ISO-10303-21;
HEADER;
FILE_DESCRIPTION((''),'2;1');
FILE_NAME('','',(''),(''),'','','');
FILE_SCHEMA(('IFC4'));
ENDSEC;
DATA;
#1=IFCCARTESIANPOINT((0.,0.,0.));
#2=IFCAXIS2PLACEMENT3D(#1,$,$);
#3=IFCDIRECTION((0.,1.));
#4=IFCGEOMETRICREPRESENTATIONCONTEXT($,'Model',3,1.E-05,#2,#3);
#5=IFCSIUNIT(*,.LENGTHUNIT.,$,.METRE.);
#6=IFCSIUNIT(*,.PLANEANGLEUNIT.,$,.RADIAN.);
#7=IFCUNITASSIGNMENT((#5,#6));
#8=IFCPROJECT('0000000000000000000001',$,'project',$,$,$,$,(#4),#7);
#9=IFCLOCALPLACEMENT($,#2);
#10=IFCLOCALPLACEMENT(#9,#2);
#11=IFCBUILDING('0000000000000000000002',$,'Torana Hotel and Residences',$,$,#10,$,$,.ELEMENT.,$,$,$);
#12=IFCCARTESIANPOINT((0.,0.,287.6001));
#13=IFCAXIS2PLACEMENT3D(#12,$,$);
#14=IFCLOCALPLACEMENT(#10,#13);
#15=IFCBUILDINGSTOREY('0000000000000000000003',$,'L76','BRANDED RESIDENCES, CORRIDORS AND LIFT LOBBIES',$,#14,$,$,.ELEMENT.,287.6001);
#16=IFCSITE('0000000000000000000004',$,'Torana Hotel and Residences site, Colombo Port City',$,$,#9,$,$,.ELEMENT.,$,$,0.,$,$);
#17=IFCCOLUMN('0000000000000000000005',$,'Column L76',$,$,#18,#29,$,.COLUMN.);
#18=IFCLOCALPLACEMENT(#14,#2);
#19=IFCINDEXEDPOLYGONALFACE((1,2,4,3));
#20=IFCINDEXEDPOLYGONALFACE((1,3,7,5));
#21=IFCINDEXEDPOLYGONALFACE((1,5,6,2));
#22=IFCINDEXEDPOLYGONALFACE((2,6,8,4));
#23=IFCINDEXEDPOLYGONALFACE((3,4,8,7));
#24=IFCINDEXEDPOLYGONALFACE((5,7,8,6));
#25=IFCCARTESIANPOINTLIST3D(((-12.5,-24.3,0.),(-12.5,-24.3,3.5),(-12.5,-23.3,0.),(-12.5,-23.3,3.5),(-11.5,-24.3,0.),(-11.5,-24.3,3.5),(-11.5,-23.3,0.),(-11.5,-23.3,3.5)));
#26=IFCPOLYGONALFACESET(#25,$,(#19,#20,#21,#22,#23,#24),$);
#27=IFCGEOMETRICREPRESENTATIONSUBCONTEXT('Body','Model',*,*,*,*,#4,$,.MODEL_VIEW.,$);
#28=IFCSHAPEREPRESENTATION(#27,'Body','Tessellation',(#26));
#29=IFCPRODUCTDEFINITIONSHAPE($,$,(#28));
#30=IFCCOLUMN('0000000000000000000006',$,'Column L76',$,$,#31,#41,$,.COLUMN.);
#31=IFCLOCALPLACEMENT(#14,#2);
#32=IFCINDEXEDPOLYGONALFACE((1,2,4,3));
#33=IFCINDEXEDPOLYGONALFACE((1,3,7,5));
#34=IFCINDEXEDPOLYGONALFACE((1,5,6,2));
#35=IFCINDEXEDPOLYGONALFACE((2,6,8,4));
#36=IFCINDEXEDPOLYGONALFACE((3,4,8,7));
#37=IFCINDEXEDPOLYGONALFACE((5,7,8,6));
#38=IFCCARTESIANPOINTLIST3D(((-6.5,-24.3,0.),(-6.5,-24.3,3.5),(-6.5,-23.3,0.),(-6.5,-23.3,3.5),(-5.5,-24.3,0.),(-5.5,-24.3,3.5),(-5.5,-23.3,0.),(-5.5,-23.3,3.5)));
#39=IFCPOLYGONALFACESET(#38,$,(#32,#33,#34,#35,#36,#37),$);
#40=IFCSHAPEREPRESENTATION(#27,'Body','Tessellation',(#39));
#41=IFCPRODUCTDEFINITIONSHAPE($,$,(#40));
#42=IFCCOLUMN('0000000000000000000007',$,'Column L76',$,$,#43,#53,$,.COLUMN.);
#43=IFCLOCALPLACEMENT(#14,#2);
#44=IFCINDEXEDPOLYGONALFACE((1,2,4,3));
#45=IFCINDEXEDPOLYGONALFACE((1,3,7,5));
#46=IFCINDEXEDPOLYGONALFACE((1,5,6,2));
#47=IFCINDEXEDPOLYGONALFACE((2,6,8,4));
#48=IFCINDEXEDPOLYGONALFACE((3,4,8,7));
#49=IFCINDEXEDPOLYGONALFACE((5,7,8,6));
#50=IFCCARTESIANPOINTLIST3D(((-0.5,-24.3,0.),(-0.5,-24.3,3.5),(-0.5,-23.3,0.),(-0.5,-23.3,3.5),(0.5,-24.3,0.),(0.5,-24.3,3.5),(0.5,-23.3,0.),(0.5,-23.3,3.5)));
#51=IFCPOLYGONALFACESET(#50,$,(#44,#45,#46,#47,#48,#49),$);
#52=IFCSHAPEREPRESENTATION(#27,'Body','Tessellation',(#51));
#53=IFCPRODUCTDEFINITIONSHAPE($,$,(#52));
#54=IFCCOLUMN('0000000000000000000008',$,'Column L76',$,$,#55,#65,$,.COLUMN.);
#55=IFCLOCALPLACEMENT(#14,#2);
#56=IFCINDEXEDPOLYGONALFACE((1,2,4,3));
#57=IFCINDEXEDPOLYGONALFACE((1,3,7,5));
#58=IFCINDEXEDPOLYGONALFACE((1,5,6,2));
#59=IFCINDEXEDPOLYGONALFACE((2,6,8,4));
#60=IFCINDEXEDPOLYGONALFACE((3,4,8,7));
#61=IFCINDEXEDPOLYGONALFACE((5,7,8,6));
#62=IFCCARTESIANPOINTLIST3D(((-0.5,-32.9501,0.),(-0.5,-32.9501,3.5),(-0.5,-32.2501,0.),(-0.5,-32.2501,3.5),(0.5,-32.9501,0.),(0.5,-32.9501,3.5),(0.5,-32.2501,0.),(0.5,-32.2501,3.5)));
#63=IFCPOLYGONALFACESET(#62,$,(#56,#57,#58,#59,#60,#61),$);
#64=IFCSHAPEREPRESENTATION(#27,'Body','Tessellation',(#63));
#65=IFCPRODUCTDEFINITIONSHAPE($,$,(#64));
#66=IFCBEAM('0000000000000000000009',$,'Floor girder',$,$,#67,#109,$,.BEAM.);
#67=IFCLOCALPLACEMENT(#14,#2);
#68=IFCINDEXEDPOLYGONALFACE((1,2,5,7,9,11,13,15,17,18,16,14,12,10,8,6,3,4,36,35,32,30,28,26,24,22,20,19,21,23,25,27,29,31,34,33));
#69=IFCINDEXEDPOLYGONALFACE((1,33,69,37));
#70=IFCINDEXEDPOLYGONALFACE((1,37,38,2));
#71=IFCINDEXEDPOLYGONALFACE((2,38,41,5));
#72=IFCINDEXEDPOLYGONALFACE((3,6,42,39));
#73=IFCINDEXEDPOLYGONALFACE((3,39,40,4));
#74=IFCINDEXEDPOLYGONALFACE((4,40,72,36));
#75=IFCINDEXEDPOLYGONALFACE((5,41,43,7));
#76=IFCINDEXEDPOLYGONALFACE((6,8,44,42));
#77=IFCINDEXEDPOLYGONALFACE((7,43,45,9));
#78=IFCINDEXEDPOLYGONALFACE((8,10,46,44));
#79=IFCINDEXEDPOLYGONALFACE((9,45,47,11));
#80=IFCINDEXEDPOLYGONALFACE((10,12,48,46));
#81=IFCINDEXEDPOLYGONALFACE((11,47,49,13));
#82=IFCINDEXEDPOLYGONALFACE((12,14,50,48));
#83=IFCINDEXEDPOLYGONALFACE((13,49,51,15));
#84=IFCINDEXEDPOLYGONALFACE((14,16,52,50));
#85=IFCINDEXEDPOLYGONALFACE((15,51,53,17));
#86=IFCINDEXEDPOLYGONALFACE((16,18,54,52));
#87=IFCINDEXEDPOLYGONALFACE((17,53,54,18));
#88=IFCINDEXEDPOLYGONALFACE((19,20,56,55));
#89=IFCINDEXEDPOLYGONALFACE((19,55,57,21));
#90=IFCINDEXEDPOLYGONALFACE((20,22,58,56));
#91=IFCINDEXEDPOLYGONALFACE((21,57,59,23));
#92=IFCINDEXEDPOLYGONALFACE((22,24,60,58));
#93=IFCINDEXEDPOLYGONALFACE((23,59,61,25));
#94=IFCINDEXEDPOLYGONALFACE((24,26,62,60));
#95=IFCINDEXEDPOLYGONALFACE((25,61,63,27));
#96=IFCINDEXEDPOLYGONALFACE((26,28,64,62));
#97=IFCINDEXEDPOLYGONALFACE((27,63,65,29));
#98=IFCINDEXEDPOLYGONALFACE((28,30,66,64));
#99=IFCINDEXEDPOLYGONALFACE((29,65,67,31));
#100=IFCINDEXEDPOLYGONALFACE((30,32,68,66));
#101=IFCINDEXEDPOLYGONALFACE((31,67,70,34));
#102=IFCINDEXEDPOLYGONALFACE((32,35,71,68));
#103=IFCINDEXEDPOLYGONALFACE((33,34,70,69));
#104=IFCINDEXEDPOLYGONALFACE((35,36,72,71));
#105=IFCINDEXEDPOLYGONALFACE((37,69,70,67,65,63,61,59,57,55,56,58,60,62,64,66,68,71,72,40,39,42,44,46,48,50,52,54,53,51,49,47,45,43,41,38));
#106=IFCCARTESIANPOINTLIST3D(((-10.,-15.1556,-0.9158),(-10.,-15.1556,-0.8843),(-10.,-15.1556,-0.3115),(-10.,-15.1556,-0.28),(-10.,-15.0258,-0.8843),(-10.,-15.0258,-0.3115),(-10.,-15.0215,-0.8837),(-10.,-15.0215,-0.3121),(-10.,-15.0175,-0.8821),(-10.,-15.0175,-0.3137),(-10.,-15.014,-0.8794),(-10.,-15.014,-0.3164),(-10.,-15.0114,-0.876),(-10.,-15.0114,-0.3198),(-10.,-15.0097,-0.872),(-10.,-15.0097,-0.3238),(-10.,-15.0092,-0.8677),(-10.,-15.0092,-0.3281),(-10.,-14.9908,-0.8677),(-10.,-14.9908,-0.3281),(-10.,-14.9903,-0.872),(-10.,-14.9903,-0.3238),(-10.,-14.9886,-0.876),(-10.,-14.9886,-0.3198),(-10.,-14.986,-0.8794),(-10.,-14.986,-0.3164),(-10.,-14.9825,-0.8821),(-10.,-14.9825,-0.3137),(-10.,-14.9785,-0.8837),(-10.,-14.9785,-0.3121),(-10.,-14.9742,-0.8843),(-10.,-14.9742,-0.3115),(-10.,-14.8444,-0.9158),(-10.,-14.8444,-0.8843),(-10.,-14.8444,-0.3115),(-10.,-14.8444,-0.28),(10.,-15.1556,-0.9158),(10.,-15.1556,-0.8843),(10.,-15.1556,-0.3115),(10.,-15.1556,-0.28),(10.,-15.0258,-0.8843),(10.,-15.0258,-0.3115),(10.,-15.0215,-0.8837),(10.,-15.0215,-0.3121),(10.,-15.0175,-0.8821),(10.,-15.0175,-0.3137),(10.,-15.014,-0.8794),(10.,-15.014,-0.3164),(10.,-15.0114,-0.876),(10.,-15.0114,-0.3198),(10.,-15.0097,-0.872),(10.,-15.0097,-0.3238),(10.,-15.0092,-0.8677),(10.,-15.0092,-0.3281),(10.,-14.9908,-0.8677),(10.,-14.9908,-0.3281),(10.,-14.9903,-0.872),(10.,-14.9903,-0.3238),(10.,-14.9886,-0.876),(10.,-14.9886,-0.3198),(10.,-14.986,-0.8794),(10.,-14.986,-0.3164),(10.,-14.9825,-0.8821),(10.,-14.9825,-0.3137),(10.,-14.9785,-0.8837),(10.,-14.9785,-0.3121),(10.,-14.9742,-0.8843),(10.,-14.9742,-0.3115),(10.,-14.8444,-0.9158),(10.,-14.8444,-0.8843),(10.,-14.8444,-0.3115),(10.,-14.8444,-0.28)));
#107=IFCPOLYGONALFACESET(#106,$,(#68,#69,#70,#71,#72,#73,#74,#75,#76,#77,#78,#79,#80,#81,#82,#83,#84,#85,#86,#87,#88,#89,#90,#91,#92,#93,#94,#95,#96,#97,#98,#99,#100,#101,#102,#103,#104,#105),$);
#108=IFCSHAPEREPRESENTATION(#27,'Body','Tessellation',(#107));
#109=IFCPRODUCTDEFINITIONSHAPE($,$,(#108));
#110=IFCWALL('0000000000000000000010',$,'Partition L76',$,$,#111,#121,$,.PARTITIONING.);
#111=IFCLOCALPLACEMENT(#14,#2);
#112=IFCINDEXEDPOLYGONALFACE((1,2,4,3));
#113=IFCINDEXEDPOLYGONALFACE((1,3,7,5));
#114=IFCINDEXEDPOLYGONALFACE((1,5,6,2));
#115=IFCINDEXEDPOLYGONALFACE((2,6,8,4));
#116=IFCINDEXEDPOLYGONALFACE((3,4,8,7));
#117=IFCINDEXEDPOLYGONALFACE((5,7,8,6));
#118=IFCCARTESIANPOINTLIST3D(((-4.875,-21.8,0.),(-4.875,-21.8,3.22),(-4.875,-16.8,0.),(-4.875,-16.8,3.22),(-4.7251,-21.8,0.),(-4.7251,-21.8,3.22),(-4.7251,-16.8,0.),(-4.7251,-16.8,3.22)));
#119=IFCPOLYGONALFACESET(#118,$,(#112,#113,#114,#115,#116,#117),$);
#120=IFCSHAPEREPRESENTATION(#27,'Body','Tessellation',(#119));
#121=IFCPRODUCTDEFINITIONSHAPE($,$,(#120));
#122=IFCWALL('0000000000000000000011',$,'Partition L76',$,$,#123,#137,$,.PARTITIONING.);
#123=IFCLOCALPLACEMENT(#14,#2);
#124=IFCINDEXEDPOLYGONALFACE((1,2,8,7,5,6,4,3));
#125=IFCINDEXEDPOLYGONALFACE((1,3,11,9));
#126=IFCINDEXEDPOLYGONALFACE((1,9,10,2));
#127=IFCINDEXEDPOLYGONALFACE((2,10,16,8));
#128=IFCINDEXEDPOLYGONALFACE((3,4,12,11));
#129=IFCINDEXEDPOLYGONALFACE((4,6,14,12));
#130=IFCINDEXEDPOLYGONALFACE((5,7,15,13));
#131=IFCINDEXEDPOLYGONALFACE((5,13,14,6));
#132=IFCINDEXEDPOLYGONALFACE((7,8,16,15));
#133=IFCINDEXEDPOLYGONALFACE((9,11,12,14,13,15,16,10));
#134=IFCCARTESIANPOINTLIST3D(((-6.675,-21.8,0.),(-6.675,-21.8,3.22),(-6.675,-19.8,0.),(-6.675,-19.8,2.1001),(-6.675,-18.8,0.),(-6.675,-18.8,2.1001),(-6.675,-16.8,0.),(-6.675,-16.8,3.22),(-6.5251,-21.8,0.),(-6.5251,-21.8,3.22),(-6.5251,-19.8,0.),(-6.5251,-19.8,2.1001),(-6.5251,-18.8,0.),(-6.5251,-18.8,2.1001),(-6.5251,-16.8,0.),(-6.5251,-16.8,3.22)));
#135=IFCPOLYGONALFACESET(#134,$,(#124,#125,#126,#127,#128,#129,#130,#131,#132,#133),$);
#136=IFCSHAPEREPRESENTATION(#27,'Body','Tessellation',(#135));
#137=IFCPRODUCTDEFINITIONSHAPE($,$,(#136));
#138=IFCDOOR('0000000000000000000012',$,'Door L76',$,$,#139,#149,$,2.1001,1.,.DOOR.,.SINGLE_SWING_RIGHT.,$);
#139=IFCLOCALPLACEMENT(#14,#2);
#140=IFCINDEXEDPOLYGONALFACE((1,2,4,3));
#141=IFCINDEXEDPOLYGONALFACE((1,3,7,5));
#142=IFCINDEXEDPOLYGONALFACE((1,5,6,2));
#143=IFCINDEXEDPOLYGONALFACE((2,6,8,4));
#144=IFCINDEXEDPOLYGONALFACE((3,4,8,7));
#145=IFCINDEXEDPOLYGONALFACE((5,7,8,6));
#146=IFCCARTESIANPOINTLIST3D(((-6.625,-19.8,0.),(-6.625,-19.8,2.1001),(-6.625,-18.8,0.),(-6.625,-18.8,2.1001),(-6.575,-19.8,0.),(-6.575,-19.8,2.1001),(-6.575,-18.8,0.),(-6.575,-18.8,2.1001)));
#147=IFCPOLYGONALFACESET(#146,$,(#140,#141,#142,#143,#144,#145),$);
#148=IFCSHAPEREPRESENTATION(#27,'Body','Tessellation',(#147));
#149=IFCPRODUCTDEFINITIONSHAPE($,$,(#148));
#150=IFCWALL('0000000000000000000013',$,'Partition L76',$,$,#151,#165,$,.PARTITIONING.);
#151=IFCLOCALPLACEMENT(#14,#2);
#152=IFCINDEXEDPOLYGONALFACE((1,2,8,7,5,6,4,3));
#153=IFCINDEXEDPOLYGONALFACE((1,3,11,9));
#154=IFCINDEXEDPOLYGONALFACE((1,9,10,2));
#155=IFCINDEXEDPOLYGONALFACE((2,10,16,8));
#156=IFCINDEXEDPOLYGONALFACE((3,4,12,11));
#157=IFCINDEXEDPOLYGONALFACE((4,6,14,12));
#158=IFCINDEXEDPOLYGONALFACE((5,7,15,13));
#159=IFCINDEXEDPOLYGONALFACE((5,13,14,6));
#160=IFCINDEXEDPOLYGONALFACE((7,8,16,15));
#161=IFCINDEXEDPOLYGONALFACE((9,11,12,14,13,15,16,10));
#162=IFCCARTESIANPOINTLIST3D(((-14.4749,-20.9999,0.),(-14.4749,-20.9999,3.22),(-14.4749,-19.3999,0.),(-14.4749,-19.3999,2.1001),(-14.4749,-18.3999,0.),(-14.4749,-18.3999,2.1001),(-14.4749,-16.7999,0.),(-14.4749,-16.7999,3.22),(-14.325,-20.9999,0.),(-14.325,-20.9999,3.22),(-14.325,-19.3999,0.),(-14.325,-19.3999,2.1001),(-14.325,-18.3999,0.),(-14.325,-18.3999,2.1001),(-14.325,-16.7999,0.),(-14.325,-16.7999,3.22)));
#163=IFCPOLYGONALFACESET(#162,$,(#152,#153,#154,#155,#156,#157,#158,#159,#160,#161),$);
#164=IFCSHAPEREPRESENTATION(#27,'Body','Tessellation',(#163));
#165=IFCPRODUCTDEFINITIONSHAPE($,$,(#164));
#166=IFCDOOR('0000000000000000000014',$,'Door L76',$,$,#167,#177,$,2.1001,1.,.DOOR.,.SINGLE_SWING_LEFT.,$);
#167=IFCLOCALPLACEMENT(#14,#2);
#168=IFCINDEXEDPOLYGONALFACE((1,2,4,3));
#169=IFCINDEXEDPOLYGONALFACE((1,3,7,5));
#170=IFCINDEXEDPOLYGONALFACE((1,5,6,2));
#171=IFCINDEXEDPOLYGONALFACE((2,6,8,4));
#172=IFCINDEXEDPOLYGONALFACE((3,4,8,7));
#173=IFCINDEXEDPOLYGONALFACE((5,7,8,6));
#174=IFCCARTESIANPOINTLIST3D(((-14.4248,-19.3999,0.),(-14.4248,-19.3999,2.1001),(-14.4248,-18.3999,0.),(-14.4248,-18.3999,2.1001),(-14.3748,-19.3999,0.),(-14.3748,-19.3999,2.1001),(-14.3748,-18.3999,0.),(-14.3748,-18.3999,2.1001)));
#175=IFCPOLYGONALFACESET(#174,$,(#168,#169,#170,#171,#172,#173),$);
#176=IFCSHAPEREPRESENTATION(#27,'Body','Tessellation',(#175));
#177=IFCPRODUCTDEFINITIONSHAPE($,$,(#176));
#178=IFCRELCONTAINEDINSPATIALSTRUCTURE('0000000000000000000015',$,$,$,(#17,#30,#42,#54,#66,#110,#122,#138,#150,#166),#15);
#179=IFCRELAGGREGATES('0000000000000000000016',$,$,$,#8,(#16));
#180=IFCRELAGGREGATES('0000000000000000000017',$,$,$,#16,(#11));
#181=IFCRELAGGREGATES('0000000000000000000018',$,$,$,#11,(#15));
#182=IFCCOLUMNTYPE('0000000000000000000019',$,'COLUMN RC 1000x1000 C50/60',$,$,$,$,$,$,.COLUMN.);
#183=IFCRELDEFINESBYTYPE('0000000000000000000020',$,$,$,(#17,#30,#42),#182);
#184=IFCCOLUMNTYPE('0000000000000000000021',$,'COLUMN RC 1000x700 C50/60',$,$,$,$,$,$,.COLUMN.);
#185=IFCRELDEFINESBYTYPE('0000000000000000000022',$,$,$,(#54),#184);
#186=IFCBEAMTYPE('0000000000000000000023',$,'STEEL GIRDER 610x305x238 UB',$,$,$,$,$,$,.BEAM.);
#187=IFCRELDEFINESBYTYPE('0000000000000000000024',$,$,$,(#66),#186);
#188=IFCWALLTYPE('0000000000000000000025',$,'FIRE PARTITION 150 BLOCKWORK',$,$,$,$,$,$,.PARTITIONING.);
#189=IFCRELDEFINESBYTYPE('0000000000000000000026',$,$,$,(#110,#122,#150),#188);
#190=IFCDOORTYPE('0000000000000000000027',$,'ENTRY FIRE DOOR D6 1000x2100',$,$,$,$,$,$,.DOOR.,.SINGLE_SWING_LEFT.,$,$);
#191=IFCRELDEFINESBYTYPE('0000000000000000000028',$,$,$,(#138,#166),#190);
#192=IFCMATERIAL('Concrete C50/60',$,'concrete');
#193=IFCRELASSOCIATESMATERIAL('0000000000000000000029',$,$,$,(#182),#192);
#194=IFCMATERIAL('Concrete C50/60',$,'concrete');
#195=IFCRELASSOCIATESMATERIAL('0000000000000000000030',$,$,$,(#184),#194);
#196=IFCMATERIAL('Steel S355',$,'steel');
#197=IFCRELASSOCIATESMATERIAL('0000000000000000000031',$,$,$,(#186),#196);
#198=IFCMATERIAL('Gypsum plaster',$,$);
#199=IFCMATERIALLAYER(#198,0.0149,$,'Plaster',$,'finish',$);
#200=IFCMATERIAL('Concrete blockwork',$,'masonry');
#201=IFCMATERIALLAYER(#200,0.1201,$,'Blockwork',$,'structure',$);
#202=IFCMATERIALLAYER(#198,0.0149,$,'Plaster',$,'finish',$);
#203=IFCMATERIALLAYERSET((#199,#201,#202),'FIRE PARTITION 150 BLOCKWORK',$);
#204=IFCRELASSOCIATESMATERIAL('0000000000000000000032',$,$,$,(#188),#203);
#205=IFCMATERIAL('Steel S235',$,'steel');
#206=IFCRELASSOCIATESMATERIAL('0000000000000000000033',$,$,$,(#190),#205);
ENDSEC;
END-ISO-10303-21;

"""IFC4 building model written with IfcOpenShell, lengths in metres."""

from ifc_helpers import new_model, si_unit, direction, frame, frame_2d, origin, origin_2d, place, context, subcontext, project, spatial, rectangle, i_section, extrude, material, layer, layer_set, material_profile, profile_set, type_object, element, fill, save


model = new_model("IFC4")

# Units and contexts
model_context = context("Model", 3, precision=1e-05, world=origin(), true_north=direction((0.0, 1.0)))
body_context = subcontext(model_context, "Body", "Model", "MODEL_VIEW")
ifc_project = project(units=[si_unit("LENGTHUNIT", "METRE"), si_unit("PLANEANGLEUNIT", "RADIAN")], contexts=[model_context])

# Site, building, storey
site_placement = place(None, origin())
site = spatial("IfcSite", under=ifc_project, at=site_placement, Name="Torana Hotel and Residences site, Colombo Port City", CompositionType="ELEMENT", RefElevation=0.0)
building_placement = place(site_placement, origin())
building = spatial("IfcBuilding", under=site, at=building_placement, Name="Torana Hotel and Residences", CompositionType="ELEMENT")
storey_placement = place(building_placement, frame((0.0, 0.0, 287.6001)))
storey = spatial("IfcBuildingStorey", under=building, at=storey_placement, Name="L76", Description="BRANDED RESIDENCES, CORRIDORS AND LIFT LOBBIES", CompositionType="ELEMENT", Elevation=287.6001)

# Columns
ifc_material_1 = material(Name="Concrete C50/60", Category="concrete")
ifc_material_profile_1 = material_profile(ifc_material_1, rectangle(XDim=1.0, YDim=1.0, at=origin_2d()), Name="RC 1000x1000")
ifc_profile_set_1 = profile_set([ifc_material_profile_1], Name="Concrete C50/60")
column_type_1 = type_object("IfcColumnType", Name="COLUMN RC 1000x1000 C50/60", PredefinedType="COLUMN", material=ifc_profile_set_1)
for number, where, z_axis, x_axis, name in (
    (1, (-12.0, -23.8, 0.0), (0.0, 0.0, 1.0), (1.0, 0.0, 0.0), "Column L76"),
    (2, (-6.0, -23.8, 0.0), (0.0, 0.0, 1.0), (1.0, 0.0, 0.0), "Column L76"),
    (3, (0.0, -23.8, 0.0), (0.0, 0.0, 1.0), (1.0, 0.0, 0.0), "Column L76"),
):
    element("IfcColumn", number, at=place(storey_placement, frame(where, z_axis=z_axis, x_axis=x_axis)), inside=storey, type_object=column_type_1, Name=name, PredefinedType="COLUMN", context=body_context, shape_type="SweptSolid", body=[
        extrude(rectangle(XDim=1.0, YDim=1.0, at=origin_2d()), origin(), (0.0, 0.0, 1.0), 3.5),
    ])
ifc_material_2 = material(Name="Concrete C50/60", Category="concrete")
ifc_material_profile_2 = material_profile(ifc_material_2, rectangle(XDim=1.0, YDim=0.7, at=origin_2d()), Name="RC 1000x700")
ifc_profile_set_2 = profile_set([ifc_material_profile_2], Name="Concrete C50/60")
column_type_2 = type_object("IfcColumnType", Name="COLUMN RC 1000x700 C50/60", PredefinedType="COLUMN", material=ifc_profile_set_2)
column_placement = place(storey_placement, frame((0.0, -32.6001, 0.0), z_axis=(0.0, 0.0, 1.0), x_axis=(1.0, 0.0, 0.0)))
element("IfcColumn", 4, at=column_placement, inside=storey, type_object=column_type_2, Name="Column L76", PredefinedType="COLUMN", context=body_context, shape_type="SweptSolid", body=[
    extrude(rectangle(XDim=1.0, YDim=0.7, at=origin_2d()), origin(), (0.0, 0.0, 1.0), 3.5),
])

# Beam
ifc_material_3 = material(Name="Steel S355", Category="steel")
ifc_material_profile_3 = material_profile(ifc_material_3, i_section(OverallWidth=0.3113, OverallDepth=0.6357, WebThickness=0.0183, FlangeThickness=0.0315, FilletRadius=0.0166, at=origin_2d()), Name="610x305x238 UB")
ifc_profile_set_3 = profile_set([ifc_material_profile_3], Name="Steel S355")
beam_type = type_object("IfcBeamType", Name="STEEL GIRDER 610x305x238 UB", PredefinedType="BEAM", material=ifc_profile_set_3)
beam_placement = place(storey_placement, frame((-10.0, -15.0, -0.5979), z_axis=(1.0, 0.0, 0.0), x_axis=(0.0, 1.0, 0.0)))
element("IfcBeam", 5, at=beam_placement, inside=storey, type_object=beam_type, Name="Floor girder", PredefinedType="BEAM", context=body_context, shape_type="SweptSolid", body=[
    extrude(i_section(OverallWidth=0.3113, OverallDepth=0.6357, WebThickness=0.0183, FlangeThickness=0.0315, FilletRadius=0.0166, at=origin_2d()), origin(), (0.0, 0.0, 1.0), 20.0),
])

# Wall
ifc_material_4 = material(Name="Gypsum plaster")
ifc_layer_1 = layer(ifc_material_4, 0.0149, Name="Plaster", Category="finish")
ifc_material_5 = material(Name="Concrete blockwork", Category="masonry")
ifc_layer_2 = layer(ifc_material_5, 0.1201, Name="Blockwork", Category="structure")
ifc_layer_3 = layer(ifc_material_4, 0.0149, Name="Plaster", Category="finish")
ifc_layer_set_1 = layer_set([ifc_layer_1, ifc_layer_2, ifc_layer_3], Name="FIRE PARTITION 150 BLOCKWORK")
wall_type_1 = type_object("IfcWallType", Name="FIRE PARTITION 150 BLOCKWORK", PredefinedType="PARTITIONING", material=ifc_layer_set_1)
wall_1_placement = place(storey_placement, frame((-4.8, -21.8, 0.0), z_axis=(0.0, 0.0, 1.0), x_axis=(0.0, 1.0, 0.0)))
element("IfcWall", 6, at=wall_1_placement, inside=storey, type_object=wall_type_1, Name="Partition L76", PredefinedType="PARTITIONING", context=body_context, shape_type="SweptSolid", body=[
    extrude(rectangle(XDim=5.0, YDim=0.1499, at=frame_2d((2.5, 0.0))), origin(), (0.0, 0.0, 1.0), 3.22),
])

# Walls, openings, doors
wall_2_placement = place(storey_placement, frame((-6.6001, -21.8, 0.0), z_axis=(0.0, 0.0, 1.0), x_axis=(0.0, 1.0, 0.0)))
wall_2 = element("IfcWall", 7, at=wall_2_placement, inside=storey, type_object=wall_type_1, Name="Partition L76", PredefinedType="PARTITIONING", context=body_context, shape_type="SweptSolid", body=[
    extrude(rectangle(XDim=5.0, YDim=0.1499, at=frame_2d((2.5, 0.0))), origin(), (0.0, 0.0, 1.0), 3.22),
])
opening_1_placement = place(wall_2_placement, frame((2.0, 0.0, 0.0)))
opening_1 = element("IfcOpeningElement", 8, at=opening_1_placement, cuts=wall_2, PredefinedType="OPENING", context=body_context, shape_type="SweptSolid", body=[
    extrude(rectangle(XDim=1.0, YDim=2.1001, at=frame_2d((0.5, 1.05))), frame((0.0, 0.085, 0.0), z_axis=(0.0, -1.0, 0.0), x_axis=(1.0, 0.0, 0.0)), (0.0, 0.0, 1.0), 0.1699),
])
ifc_material_6 = material(Name="Steel S235", Category="steel")
door_type_1 = type_object("IfcDoorType", Name="ENTRY FIRE DOOR D6 1000x2100", OperationType="SINGLE_SWING_LEFT", PredefinedType="DOOR", material=ifc_material_6)
door_1_placement = place(opening_1_placement, origin())
door_1 = element("IfcDoor", 9, at=door_1_placement, inside=storey, type_object=door_type_1, Name="Door L76", OperationType="SINGLE_SWING_RIGHT", OverallHeight=2.1001, OverallWidth=1.0, PredefinedType="DOOR", context=body_context, shape_type="SweptSolid", body=[
    extrude(rectangle(XDim=1.0, YDim=2.1001, at=frame_2d((0.5, 1.05))), frame((0.0, 0.0249, 0.0), z_axis=(0.0, -1.0, 0.0), x_axis=(1.0, 0.0, 0.0)), (0.0, 0.0, 1.0), 0.05),
])
fill(opening_1, door_1)
wall_3_placement = place(storey_placement, frame((-14.3999, -21.0, 0.0), z_axis=(0.0, 0.0, 1.0), x_axis=(0.0, 1.0, 0.0)))
wall_3 = element("IfcWall", 10, at=wall_3_placement, inside=storey, type_object=wall_type_1, Name="Partition L76", PredefinedType="PARTITIONING", context=body_context, shape_type="SweptSolid", body=[
    extrude(rectangle(XDim=4.2, YDim=0.1499, at=frame_2d((2.1001, 0.0))), origin(), (0.0, 0.0, 1.0), 3.22),
])
opening_2_placement = place(wall_3_placement, frame((1.6001, 0.0, 0.0)))
opening_2 = element("IfcOpeningElement", 11, at=opening_2_placement, cuts=wall_3, PredefinedType="OPENING", context=body_context, shape_type="SweptSolid", body=[
    extrude(rectangle(XDim=1.0, YDim=2.1001, at=frame_2d((0.5, 1.05))), frame((0.0, 0.085, 0.0), z_axis=(0.0, -1.0, 0.0), x_axis=(1.0, 0.0, 0.0)), (0.0, 0.0, 1.0), 0.1699),
])
door_2_placement = place(opening_2_placement, frame((0.5, 0.0, 0.0), z_axis=(0.0, 0.0, 1.0), x_axis=(-1.0, 0.0, 0.0)))
door_2 = element("IfcDoor", 12, at=door_2_placement, inside=storey, type_object=door_type_1, Name="Door L76", OperationType="SINGLE_SWING_LEFT", OverallHeight=2.1001, OverallWidth=1.0, PredefinedType="DOOR", context=body_context, shape_type="SweptSolid", body=[
    extrude(rectangle(XDim=1.0, YDim=2.1001, at=frame_2d((0.0, 1.05))), frame((0.0, -0.0249, 0.0), z_axis=(0.0, 1.0, 0.0), x_axis=(-1.0, 0.0, 0.0)), (0.0, 0.0, 1.0), 0.05),
])
fill(opening_2, door_2)

save(model, "model.ifc")
